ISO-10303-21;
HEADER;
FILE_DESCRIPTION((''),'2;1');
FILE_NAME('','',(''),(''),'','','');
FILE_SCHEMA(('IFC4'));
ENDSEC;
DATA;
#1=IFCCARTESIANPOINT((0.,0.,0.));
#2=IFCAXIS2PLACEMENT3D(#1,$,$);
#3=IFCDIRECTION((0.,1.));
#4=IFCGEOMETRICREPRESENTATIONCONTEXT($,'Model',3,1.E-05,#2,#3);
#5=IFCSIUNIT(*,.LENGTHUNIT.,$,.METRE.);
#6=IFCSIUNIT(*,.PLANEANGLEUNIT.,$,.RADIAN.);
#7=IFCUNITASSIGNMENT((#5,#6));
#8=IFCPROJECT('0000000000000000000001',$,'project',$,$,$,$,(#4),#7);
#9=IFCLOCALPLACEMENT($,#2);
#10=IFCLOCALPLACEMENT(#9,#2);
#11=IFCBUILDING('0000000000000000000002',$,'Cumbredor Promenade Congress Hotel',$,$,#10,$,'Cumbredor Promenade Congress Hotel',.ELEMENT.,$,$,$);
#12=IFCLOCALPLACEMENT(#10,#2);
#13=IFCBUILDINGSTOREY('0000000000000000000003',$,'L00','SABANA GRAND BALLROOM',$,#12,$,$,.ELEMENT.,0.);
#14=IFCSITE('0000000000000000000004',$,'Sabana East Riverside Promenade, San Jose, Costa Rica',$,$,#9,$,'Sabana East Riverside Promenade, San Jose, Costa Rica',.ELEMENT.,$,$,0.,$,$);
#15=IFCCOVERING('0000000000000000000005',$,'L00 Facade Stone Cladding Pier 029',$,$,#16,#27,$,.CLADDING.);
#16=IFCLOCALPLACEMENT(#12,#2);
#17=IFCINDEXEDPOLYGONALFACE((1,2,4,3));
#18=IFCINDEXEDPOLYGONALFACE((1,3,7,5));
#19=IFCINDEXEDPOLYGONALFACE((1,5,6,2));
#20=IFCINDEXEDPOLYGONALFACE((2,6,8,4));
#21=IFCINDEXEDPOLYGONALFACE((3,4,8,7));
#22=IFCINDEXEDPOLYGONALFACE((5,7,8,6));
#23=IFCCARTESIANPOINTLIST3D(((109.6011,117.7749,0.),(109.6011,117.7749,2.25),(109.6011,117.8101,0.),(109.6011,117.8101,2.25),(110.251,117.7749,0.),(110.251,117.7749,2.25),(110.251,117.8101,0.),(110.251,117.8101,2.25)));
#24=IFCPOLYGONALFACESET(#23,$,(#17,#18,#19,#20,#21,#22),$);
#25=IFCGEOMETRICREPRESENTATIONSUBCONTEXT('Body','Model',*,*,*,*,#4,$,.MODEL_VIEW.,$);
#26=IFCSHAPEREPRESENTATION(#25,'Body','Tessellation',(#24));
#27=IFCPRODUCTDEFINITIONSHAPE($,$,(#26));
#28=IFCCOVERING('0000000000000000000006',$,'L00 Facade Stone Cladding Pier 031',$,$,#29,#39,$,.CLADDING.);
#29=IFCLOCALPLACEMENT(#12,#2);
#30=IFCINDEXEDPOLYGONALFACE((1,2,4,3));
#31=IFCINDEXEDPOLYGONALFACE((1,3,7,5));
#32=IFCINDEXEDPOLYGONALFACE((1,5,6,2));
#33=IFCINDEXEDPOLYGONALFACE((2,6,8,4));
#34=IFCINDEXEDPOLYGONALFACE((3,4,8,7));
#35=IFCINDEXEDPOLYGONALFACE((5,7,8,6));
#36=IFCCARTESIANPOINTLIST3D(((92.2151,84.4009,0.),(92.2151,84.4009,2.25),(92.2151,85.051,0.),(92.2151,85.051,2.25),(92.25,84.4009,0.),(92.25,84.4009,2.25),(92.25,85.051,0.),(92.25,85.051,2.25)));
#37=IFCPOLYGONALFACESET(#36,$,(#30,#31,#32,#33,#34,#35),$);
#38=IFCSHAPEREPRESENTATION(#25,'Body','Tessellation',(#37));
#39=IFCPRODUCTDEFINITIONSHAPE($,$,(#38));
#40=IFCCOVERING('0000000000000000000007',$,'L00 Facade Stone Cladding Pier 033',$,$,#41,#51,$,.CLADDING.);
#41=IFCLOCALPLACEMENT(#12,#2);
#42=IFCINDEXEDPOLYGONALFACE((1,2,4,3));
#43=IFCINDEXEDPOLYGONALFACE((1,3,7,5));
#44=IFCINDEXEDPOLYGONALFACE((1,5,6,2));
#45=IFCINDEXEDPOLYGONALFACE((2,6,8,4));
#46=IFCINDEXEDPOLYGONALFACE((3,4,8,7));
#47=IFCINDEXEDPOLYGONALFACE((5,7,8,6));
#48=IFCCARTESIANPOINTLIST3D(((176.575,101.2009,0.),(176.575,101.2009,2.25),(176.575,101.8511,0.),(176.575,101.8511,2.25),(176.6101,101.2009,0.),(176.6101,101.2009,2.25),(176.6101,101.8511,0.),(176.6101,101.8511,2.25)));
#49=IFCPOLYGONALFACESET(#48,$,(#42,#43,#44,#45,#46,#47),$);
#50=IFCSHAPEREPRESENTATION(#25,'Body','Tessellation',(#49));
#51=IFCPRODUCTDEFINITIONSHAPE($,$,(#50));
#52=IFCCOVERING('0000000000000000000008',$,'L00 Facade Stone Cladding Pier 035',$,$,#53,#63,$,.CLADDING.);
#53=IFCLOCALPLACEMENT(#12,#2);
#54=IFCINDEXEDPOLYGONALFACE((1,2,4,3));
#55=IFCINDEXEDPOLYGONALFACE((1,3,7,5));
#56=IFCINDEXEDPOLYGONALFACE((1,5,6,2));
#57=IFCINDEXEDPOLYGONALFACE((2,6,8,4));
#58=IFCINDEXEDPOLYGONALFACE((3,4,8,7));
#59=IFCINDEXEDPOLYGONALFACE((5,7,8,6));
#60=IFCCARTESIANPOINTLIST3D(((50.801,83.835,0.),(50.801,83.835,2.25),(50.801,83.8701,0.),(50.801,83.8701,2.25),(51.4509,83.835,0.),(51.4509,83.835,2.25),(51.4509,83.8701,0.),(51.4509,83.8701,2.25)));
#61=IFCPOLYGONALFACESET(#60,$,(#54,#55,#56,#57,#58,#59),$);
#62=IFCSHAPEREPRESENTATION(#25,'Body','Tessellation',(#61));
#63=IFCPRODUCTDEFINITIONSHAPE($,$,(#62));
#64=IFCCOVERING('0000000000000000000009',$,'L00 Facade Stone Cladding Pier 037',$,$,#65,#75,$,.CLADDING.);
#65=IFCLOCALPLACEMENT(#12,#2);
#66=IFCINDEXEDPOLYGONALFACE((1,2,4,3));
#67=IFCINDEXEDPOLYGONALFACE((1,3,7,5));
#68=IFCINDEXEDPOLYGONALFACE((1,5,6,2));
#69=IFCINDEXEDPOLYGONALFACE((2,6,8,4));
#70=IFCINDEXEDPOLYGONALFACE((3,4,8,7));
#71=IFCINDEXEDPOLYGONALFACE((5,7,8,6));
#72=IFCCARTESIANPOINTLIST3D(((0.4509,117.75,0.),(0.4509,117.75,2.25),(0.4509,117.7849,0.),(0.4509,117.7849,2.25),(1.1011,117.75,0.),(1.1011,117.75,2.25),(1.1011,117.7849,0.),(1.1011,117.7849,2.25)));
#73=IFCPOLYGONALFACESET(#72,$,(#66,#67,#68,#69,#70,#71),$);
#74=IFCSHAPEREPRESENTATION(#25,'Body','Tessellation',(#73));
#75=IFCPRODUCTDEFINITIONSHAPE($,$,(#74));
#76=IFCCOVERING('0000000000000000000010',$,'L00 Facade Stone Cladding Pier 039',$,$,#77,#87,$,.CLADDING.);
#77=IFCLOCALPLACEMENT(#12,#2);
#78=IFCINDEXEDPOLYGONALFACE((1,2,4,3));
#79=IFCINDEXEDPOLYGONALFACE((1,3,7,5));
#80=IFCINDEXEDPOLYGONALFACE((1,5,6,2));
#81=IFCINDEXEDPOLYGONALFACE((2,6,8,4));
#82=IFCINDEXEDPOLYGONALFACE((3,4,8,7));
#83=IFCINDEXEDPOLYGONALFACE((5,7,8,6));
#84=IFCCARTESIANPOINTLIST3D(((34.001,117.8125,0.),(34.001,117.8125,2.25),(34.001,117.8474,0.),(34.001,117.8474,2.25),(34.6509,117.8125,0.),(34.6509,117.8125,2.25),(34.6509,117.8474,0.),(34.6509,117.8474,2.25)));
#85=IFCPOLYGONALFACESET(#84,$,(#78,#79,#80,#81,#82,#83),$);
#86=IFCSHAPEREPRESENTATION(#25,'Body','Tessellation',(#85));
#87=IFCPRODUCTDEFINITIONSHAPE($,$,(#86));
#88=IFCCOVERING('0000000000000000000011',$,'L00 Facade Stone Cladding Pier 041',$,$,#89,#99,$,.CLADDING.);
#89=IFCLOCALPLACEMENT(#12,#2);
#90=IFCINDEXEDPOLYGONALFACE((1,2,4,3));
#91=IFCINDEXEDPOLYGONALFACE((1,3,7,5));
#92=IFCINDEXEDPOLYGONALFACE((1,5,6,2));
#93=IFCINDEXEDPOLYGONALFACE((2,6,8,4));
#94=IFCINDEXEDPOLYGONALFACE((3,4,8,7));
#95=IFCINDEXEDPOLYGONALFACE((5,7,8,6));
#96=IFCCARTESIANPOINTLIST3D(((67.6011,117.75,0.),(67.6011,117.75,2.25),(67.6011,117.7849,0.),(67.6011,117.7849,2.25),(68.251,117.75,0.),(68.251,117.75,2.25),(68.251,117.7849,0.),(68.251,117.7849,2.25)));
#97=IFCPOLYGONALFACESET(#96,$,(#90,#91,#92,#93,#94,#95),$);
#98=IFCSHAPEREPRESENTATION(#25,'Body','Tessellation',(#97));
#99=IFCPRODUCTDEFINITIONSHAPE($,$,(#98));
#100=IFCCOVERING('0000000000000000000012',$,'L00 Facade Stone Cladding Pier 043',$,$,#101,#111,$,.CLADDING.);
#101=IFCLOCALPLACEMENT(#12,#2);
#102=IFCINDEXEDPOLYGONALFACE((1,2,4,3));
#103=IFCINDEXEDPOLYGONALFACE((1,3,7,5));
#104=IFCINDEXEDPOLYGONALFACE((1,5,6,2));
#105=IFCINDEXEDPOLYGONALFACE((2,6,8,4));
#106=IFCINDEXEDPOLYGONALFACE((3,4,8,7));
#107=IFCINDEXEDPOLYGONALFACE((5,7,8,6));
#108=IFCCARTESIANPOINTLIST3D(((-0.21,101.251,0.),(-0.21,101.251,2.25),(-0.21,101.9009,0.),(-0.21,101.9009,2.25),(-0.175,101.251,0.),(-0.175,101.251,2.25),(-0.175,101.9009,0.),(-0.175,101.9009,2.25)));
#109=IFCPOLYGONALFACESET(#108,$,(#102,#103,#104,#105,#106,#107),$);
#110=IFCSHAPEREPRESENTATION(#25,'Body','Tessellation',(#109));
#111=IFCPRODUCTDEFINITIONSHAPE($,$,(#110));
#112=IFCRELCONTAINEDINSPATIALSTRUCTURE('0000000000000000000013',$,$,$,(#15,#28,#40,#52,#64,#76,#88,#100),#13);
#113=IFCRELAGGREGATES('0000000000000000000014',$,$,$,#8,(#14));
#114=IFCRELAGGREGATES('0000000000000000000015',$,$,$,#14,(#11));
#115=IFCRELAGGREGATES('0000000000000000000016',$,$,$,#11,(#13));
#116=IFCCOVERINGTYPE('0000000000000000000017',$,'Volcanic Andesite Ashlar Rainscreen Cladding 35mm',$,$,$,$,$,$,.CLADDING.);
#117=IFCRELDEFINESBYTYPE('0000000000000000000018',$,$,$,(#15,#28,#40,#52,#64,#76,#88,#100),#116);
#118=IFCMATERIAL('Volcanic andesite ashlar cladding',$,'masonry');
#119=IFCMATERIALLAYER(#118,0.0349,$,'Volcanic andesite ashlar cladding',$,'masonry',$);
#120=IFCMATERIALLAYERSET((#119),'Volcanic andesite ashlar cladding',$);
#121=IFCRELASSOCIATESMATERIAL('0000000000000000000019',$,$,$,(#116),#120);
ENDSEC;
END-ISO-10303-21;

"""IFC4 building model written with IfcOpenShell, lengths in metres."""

from ifc_helpers import new_model, si_unit, direction, origin, place, context, subcontext, project, spatial, polyline, outline, extrude, material, layer, layer_set, type_object, element, save


model = new_model("IFC4")

# Units and contexts
model_context = context("Model", 3, precision=1e-05, world=origin(), true_north=direction((0.0, 1.0)))
body_context = subcontext(model_context, "Body", "Model", "MODEL_VIEW")
ifc_project = project(units=[si_unit("LENGTHUNIT", "METRE"), si_unit("PLANEANGLEUNIT", "RADIAN")], contexts=[model_context])

# Site, building, storey
site_placement = place(None, origin())
site = spatial("IfcSite", under=ifc_project, at=site_placement, Name="Sabana East Riverside Promenade, San Jose, Costa Rica", LongName="Sabana East Riverside Promenade, San Jose, Costa Rica", CompositionType="ELEMENT", RefElevation=0.0)
building_placement = place(site_placement, origin())
building = spatial("IfcBuilding", under=site, at=building_placement, Name="Cumbredor Promenade Congress Hotel", LongName="Cumbredor Promenade Congress Hotel", CompositionType="ELEMENT")
storey_placement = place(building_placement, origin())
storey = spatial("IfcBuildingStorey", under=building, at=storey_placement, Name="L00", Description="SABANA GRAND BALLROOM", CompositionType="ELEMENT", Elevation=0.0)

# Coverings
ifc_material_1 = material(Name="Volcanic andesite ashlar cladding", Category="masonry")
ifc_layer_1 = layer(ifc_material_1, 0.0349, Name="Volcanic andesite ashlar cladding", Category="masonry")
ifc_layer_set_1 = layer_set([ifc_layer_1], Name="Volcanic andesite ashlar cladding")
covering_type_1 = type_object("IfcCoveringType", Name="Volcanic Andesite Ashlar Rainscreen Cladding 35mm", PredefinedType="CLADDING", material=ifc_layer_set_1)
covering_1_placement = place(storey_placement, origin())
element("IfcCovering", 1, at=covering_1_placement, inside=storey, type_object=covering_type_1, Name="L00 Facade Stone Cladding Pier 029", PredefinedType="CLADDING", context=body_context, shape_type="SweptSolid", body=[
    extrude(outline(polyline([(109.6011, 117.7749), (110.251, 117.7749), (110.251, 117.8101), (109.6011, 117.8101), (109.6011, 117.7749)])), origin(), (0.0, 0.0, 1.0), 2.25),
])
covering_2_placement = place(storey_placement, origin())
element("IfcCovering", 2, at=covering_2_placement, inside=storey, type_object=covering_type_1, Name="L00 Facade Stone Cladding Pier 031", PredefinedType="CLADDING", context=body_context, shape_type="SweptSolid", body=[
    extrude(outline(polyline([(92.25, 84.4009), (92.25, 85.051), (92.2151, 85.051), (92.2151, 84.4009), (92.25, 84.4009)])), origin(), (0.0, 0.0, 1.0), 2.25),
])
covering_3_placement = place(storey_placement, origin())
element("IfcCovering", 3, at=covering_3_placement, inside=storey, type_object=covering_type_1, Name="L00 Facade Stone Cladding Pier 033", PredefinedType="CLADDING", context=body_context, shape_type="SweptSolid", body=[
    extrude(outline(polyline([(176.575, 101.2009), (176.575, 101.8511), (176.6101, 101.8511), (176.6101, 101.2009), (176.575, 101.2009)])), origin(), (0.0, 0.0, 1.0), 2.25),
])
covering_4_placement = place(storey_placement, origin())
element("IfcCovering", 4, at=covering_4_placement, inside=storey, type_object=covering_type_1, Name="L00 Facade Stone Cladding Pier 035", PredefinedType="CLADDING", context=body_context, shape_type="SweptSolid", body=[
    extrude(outline(polyline([(50.801, 83.8701), (51.4509, 83.8701), (51.4509, 83.835), (50.801, 83.835), (50.801, 83.8701)])), origin(), (0.0, 0.0, 1.0), 2.25),
])
covering_5_placement = place(storey_placement, origin())
element("IfcCovering", 5, at=covering_5_placement, inside=storey, type_object=covering_type_1, Name="L00 Facade Stone Cladding Pier 037", PredefinedType="CLADDING", context=body_context, shape_type="SweptSolid", body=[
    extrude(outline(polyline([(0.4509, 117.75), (1.1011, 117.75), (1.1011, 117.7849), (0.4509, 117.7849), (0.4509, 117.75)])), origin(), (0.0, 0.0, 1.0), 2.25),
])
covering_6_placement = place(storey_placement, origin())
element("IfcCovering", 6, at=covering_6_placement, inside=storey, type_object=covering_type_1, Name="L00 Facade Stone Cladding Pier 039", PredefinedType="CLADDING", context=body_context, shape_type="SweptSolid", body=[
    extrude(outline(polyline([(34.001, 117.8125), (34.6509, 117.8125), (34.6509, 117.8474), (34.001, 117.8474), (34.001, 117.8125)])), origin(), (0.0, 0.0, 1.0), 2.25),
])
covering_7_placement = place(storey_placement, origin())
element("IfcCovering", 7, at=covering_7_placement, inside=storey, type_object=covering_type_1, Name="L00 Facade Stone Cladding Pier 041", PredefinedType="CLADDING", context=body_context, shape_type="SweptSolid", body=[
    extrude(outline(polyline([(67.6011, 117.75), (68.251, 117.75), (68.251, 117.7849), (67.6011, 117.7849), (67.6011, 117.75)])), origin(), (0.0, 0.0, 1.0), 2.25),
])
covering_8_placement = place(storey_placement, origin())
element("IfcCovering", 8, at=covering_8_placement, inside=storey, type_object=covering_type_1, Name="L00 Facade Stone Cladding Pier 043", PredefinedType="CLADDING", context=body_context, shape_type="SweptSolid", body=[
    extrude(outline(polyline([(-0.175, 101.251), (-0.175, 101.9009), (-0.21, 101.9009), (-0.21, 101.251), (-0.175, 101.251)])), origin(), (0.0, 0.0, 1.0), 2.25),
])

save(model, "model.ifc")
